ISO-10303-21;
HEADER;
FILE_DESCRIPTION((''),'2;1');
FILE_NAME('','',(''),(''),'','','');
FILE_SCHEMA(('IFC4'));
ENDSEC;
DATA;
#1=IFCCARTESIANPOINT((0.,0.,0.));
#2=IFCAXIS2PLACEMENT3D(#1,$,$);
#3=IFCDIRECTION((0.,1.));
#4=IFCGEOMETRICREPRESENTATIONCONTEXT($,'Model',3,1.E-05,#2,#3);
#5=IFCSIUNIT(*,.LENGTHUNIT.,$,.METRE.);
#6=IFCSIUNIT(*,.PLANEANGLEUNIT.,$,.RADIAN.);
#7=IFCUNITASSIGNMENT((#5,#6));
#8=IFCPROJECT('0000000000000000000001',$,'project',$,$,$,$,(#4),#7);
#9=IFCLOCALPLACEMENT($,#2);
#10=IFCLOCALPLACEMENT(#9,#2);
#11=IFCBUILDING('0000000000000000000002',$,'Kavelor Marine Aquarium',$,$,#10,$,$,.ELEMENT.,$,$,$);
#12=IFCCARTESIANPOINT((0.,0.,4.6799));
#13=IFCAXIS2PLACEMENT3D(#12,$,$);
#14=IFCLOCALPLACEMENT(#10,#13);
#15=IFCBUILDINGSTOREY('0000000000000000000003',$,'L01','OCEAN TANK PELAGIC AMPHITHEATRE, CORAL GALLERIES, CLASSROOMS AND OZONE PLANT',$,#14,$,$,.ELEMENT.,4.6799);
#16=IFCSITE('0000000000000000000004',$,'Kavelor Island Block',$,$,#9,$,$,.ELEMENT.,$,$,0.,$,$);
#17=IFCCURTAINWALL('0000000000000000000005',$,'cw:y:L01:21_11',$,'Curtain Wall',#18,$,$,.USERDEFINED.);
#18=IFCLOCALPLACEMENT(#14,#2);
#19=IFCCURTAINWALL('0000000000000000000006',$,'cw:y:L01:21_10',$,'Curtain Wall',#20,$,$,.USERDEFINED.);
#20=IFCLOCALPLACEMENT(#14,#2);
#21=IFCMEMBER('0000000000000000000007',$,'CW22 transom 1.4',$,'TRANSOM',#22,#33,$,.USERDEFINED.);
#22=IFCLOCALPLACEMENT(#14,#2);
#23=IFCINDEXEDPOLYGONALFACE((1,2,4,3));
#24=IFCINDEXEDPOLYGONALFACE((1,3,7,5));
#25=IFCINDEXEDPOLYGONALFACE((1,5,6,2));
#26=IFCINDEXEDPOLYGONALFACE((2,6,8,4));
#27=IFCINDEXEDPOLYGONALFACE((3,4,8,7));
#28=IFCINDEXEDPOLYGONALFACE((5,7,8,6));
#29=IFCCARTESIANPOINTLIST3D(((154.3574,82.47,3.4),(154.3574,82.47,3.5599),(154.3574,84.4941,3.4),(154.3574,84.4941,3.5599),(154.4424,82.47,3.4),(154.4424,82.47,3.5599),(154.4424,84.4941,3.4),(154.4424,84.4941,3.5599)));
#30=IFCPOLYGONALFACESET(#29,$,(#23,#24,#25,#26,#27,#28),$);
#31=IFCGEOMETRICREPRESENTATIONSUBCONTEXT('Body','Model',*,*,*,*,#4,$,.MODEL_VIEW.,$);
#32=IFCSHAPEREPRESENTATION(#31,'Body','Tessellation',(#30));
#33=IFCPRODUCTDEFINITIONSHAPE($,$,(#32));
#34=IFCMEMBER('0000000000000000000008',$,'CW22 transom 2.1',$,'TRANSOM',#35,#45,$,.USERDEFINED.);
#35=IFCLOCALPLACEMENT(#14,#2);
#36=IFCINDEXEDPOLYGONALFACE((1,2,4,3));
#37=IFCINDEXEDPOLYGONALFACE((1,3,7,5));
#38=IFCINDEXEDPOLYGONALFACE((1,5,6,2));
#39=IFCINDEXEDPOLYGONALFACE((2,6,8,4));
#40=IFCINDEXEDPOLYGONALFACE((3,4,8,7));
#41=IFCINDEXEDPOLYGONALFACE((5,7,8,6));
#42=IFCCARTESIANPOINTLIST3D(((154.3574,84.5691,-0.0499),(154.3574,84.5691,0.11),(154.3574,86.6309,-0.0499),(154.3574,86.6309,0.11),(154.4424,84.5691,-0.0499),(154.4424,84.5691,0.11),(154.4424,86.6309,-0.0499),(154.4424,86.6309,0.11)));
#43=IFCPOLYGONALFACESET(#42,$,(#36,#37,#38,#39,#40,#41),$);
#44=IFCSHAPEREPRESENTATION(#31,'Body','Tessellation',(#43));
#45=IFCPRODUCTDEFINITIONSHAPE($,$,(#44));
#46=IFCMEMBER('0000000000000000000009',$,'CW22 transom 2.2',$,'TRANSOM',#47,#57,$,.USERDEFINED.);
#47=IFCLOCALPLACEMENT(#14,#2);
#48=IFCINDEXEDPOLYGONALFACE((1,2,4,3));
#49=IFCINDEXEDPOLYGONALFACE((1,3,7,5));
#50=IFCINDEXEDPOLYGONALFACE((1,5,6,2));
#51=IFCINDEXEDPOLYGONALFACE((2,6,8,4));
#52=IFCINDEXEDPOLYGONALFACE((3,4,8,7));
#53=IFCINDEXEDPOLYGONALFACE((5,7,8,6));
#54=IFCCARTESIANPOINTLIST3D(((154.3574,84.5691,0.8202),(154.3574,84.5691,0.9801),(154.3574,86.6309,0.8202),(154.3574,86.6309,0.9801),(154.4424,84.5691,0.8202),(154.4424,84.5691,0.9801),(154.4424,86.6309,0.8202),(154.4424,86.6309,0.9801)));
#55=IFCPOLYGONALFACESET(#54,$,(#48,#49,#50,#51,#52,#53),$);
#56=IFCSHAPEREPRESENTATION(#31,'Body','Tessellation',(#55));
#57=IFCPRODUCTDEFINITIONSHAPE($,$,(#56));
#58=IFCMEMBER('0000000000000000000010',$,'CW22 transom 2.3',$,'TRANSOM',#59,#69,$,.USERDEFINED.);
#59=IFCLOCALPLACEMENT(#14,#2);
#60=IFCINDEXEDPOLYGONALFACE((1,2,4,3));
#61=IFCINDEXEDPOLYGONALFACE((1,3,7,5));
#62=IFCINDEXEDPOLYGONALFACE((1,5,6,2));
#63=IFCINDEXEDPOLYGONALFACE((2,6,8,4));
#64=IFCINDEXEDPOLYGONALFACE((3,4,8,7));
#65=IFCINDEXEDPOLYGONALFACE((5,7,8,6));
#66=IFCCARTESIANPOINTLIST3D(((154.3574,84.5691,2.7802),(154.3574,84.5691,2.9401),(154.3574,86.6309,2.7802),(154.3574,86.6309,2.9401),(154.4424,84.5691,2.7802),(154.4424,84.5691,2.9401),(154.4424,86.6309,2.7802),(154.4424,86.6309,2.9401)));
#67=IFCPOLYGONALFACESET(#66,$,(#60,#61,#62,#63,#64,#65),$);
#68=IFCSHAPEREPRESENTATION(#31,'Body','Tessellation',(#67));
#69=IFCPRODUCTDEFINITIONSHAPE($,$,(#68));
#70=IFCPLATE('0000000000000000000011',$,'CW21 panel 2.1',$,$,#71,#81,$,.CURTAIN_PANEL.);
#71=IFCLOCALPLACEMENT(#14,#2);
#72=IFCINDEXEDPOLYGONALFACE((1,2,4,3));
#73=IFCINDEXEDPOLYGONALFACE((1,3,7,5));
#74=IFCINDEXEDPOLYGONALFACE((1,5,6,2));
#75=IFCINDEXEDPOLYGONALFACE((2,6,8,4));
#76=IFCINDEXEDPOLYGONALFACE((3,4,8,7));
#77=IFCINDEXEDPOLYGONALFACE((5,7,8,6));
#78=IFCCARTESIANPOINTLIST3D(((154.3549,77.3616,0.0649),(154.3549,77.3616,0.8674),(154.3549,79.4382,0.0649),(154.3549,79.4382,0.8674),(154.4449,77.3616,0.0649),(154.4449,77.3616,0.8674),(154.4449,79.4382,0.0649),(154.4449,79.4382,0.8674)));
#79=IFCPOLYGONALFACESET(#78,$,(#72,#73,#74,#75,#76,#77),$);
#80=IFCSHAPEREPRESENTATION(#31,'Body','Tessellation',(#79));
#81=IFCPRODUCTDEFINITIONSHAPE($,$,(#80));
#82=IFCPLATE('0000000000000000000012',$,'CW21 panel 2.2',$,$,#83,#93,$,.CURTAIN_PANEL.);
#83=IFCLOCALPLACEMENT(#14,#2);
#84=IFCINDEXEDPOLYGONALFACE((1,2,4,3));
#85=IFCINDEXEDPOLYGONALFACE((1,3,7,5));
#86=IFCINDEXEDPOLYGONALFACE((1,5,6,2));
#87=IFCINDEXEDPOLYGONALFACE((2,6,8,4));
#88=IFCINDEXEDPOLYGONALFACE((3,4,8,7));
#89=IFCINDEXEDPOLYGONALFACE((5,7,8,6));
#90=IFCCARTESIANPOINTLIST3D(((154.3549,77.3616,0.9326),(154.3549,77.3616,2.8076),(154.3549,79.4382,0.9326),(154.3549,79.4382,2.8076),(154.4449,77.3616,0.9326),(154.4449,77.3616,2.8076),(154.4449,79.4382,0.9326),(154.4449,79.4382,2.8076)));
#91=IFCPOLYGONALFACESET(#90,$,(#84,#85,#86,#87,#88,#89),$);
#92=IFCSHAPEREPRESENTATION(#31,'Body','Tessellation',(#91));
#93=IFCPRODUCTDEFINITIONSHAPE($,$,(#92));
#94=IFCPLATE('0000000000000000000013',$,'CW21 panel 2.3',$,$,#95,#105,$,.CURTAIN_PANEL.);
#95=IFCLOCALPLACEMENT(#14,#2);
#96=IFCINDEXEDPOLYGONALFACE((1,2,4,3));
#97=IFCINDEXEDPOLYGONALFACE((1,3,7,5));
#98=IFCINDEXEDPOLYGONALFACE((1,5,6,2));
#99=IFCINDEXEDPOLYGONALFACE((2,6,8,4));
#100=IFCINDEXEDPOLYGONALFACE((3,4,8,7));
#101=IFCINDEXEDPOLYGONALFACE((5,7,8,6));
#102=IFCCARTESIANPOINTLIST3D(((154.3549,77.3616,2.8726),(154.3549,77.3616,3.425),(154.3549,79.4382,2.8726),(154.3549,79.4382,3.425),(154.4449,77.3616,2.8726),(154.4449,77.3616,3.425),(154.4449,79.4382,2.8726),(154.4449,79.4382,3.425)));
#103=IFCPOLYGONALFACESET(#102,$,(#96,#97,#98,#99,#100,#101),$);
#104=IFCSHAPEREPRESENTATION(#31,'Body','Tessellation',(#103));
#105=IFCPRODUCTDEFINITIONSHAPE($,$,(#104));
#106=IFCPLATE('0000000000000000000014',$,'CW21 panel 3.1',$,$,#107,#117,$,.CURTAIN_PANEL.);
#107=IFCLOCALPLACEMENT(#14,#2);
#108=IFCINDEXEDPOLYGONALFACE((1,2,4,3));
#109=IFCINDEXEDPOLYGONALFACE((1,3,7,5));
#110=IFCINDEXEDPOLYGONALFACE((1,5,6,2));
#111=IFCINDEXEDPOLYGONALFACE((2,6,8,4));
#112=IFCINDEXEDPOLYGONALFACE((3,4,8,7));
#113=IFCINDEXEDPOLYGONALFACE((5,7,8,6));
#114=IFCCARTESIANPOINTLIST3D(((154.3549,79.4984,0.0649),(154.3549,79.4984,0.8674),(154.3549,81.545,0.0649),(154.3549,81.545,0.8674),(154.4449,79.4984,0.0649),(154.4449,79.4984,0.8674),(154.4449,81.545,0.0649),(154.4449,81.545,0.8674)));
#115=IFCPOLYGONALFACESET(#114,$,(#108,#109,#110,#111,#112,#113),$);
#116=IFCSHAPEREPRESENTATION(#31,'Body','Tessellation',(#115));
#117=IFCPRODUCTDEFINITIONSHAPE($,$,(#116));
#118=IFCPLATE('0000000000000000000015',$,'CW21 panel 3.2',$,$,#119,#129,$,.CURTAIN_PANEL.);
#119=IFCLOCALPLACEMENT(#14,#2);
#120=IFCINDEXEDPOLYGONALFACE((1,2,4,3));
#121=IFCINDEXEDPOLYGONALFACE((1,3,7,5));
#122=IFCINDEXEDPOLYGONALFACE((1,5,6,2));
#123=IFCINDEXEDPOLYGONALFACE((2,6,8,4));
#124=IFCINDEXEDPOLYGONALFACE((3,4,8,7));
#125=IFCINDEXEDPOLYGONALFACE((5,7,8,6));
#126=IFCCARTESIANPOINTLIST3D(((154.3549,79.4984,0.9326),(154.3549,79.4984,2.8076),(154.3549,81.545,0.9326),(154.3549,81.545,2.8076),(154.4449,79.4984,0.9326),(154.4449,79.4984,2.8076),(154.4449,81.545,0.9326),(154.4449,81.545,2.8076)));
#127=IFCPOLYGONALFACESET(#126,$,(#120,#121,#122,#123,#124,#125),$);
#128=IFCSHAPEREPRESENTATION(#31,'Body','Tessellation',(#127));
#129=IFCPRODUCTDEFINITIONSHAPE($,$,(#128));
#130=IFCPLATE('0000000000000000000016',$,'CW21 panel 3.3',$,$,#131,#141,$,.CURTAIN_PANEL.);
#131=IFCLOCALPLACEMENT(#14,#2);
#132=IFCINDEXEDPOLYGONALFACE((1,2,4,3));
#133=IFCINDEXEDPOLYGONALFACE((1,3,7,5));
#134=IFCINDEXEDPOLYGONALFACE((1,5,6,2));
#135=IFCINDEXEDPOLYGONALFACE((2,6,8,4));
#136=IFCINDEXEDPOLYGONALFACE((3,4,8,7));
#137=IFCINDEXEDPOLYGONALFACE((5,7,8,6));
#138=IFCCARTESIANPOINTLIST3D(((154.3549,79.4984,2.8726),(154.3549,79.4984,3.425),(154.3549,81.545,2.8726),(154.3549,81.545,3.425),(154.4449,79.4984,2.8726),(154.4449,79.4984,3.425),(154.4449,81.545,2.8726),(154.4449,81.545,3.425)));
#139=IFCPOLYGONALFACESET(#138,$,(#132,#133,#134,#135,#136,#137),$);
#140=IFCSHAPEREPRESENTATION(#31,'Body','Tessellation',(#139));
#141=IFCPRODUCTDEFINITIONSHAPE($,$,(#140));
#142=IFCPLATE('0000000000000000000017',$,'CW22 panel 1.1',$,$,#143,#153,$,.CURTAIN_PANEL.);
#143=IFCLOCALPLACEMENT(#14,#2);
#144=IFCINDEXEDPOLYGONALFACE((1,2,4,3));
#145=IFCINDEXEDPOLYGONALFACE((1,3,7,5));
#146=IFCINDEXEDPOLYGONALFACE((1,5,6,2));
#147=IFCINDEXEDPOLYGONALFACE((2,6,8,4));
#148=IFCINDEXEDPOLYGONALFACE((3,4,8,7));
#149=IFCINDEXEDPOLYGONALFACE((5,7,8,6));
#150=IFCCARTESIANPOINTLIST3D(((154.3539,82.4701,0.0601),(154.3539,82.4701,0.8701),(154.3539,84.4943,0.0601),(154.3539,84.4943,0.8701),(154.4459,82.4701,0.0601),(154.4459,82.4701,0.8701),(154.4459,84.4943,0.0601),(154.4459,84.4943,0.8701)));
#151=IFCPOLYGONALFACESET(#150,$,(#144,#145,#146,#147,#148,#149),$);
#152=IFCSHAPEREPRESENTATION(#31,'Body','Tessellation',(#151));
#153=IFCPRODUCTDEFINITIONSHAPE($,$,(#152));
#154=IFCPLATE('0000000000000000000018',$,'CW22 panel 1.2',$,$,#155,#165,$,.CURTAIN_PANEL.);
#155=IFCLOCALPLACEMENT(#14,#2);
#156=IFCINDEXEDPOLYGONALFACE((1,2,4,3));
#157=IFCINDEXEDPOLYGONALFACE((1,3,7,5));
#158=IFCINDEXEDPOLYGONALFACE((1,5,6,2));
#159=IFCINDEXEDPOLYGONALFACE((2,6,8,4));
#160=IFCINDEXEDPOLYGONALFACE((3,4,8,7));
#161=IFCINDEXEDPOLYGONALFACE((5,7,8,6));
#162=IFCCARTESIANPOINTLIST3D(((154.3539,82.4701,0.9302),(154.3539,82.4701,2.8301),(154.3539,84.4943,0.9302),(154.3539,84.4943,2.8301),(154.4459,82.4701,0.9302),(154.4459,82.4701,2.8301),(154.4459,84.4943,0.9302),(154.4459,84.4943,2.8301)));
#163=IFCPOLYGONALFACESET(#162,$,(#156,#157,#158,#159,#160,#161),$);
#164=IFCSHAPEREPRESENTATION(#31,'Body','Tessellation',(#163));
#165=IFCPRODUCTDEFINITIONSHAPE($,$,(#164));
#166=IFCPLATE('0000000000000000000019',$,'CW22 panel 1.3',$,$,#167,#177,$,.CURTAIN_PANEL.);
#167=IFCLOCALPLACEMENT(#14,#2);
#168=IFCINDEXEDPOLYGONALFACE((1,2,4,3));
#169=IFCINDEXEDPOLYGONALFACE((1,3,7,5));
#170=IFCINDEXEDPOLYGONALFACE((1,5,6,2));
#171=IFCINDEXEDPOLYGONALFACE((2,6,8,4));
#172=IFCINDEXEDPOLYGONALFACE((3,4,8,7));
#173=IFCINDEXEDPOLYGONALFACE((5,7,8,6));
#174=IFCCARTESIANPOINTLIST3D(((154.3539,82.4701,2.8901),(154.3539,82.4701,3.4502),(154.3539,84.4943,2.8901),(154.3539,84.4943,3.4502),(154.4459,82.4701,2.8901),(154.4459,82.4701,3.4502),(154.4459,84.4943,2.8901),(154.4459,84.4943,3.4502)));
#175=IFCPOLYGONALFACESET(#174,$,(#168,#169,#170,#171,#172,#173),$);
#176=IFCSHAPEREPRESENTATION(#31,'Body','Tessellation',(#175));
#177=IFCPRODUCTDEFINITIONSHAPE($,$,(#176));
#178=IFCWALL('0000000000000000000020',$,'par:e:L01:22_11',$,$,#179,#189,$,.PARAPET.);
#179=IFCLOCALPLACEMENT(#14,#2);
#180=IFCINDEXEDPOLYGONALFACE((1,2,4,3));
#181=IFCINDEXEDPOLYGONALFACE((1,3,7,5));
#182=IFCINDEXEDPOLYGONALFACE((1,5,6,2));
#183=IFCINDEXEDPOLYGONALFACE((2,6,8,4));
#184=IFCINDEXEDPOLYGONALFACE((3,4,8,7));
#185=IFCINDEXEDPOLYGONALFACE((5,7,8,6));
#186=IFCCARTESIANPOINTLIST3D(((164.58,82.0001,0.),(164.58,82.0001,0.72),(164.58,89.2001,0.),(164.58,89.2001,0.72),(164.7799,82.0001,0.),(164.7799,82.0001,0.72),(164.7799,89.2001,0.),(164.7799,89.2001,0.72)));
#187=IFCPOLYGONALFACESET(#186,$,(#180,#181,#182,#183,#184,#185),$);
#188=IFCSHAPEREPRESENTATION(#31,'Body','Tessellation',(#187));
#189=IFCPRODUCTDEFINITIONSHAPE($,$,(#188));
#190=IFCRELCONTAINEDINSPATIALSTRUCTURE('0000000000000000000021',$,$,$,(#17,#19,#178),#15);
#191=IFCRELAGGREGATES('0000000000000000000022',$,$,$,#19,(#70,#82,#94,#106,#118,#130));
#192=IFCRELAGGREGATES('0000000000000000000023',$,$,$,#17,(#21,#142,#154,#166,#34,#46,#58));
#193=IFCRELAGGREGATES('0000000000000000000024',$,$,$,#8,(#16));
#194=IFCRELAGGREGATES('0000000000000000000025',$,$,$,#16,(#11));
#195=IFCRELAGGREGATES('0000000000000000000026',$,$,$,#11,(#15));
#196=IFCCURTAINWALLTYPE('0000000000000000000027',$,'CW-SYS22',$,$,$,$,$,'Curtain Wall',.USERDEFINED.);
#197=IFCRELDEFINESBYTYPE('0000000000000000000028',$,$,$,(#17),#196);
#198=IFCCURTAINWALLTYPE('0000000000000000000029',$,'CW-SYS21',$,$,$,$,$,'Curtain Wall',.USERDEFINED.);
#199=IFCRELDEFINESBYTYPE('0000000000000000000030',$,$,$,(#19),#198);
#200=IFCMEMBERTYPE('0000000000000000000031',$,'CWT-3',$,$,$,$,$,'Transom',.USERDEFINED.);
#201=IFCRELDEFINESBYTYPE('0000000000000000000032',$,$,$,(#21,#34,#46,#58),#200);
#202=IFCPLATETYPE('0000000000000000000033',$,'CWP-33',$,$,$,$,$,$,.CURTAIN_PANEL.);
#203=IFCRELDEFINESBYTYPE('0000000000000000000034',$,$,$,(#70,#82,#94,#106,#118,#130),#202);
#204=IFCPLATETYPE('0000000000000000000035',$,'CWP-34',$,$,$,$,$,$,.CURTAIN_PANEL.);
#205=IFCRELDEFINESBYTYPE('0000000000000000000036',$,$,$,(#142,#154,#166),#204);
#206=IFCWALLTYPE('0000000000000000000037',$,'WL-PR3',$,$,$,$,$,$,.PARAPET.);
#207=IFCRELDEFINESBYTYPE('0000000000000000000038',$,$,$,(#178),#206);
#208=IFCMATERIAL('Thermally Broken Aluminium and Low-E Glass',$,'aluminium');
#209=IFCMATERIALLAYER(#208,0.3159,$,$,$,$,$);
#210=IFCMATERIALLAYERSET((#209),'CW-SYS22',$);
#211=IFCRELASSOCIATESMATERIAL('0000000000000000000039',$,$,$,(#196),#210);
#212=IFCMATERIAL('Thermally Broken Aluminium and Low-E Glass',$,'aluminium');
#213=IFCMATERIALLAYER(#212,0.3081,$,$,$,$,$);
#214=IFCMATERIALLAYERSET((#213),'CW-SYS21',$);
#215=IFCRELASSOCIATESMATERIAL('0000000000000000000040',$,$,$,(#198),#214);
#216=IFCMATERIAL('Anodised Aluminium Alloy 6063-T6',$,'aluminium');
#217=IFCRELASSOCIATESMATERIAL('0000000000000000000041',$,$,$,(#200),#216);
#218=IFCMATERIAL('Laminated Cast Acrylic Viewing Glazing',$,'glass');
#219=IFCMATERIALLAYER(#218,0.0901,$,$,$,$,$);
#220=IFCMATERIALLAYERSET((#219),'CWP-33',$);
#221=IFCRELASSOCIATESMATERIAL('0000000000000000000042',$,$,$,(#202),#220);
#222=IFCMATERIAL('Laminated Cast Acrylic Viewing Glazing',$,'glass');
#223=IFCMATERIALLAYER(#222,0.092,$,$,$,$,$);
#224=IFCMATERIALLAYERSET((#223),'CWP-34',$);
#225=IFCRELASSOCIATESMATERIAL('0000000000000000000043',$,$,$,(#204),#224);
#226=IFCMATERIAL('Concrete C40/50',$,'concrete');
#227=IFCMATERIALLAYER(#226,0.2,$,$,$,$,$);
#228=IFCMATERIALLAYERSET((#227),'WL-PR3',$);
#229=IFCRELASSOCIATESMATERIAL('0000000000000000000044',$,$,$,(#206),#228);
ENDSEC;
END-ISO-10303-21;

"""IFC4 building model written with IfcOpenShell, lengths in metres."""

from ifc_helpers import new_model, si_unit, direction, frame, frame_2d, origin, origin_2d, place, context, subcontext, project, spatial, rectangle, extrude, material, layer, layer_set, material_profile, profile_set, type_object, element, aggregate, save


model = new_model("IFC4")

# Units and contexts
model_context = context("Model", 3, precision=1e-05, world=origin(), true_north=direction((0.0, 1.0)))
body_context = subcontext(model_context, "Body", "Model", "MODEL_VIEW")
ifc_project = project(units=[si_unit("LENGTHUNIT", "METRE"), si_unit("PLANEANGLEUNIT", "RADIAN")], contexts=[model_context])

# Site, building, storey
site_placement = place(None, origin())
site = spatial("IfcSite", under=ifc_project, at=site_placement, Name="Kavelor Island Block", CompositionType="ELEMENT", RefElevation=0.0)
building_placement = place(site_placement, origin())
building = spatial("IfcBuilding", under=site, at=building_placement, Name="Kavelor Marine Aquarium", CompositionType="ELEMENT")
storey_placement = place(building_placement, frame((0.0, 0.0, 4.6799)))
storey = spatial("IfcBuildingStorey", under=building, at=storey_placement, Name="L01", Description="OCEAN TANK PELAGIC AMPHITHEATRE, CORAL GALLERIES, CLASSROOMS AND OZONE PLANT", CompositionType="ELEMENT", Elevation=4.6799)

# Curtain walls
ifc_material_1 = material(Name="Thermally Broken Aluminium and Low-E Glass", Category="aluminium")
ifc_layer_1 = layer(ifc_material_1, 0.3159)
ifc_layer_set_1 = layer_set([ifc_layer_1], Name="CW-SYS22")
curtain_wall_type_1 = type_object("IfcCurtainWallType", Name="CW-SYS22", ElementType="Curtain Wall", PredefinedType="USERDEFINED", material=ifc_layer_set_1)
curtain_wall_1_placement = place(storey_placement, origin())
curtain_wall_1 = element("IfcCurtainWall", 1, at=curtain_wall_1_placement, inside=storey, type_object=curtain_wall_type_1, Name="cw:y:L01:21_11", ObjectType="Curtain Wall", PredefinedType="USERDEFINED")
ifc_material_2 = material(Name="Thermally Broken Aluminium and Low-E Glass", Category="aluminium")
ifc_layer_2 = layer(ifc_material_2, 0.3081)
ifc_layer_set_2 = layer_set([ifc_layer_2], Name="CW-SYS21")
curtain_wall_type_2 = type_object("IfcCurtainWallType", Name="CW-SYS21", ElementType="Curtain Wall", PredefinedType="USERDEFINED", material=ifc_layer_set_2)
curtain_wall_2_placement = place(storey_placement, origin())
curtain_wall_2 = element("IfcCurtainWall", 2, at=curtain_wall_2_placement, inside=storey, type_object=curtain_wall_type_2, Name="cw:y:L01:21_10", ObjectType="Curtain Wall", PredefinedType="USERDEFINED")

# Members
ifc_material_3 = material(Name="Anodised Aluminium Alloy 6063-T6", Category="aluminium")
ifc_material_profile_1 = material_profile(ifc_material_3, rectangle(XDim=0.085, YDim=0.1599, at=origin_2d()), Name="CW-TRN 85x160")
ifc_profile_set_1 = profile_set([ifc_material_profile_1], Name="Anodised Aluminium Alloy 6063-T6")
member_type_1 = type_object("IfcMemberType", Name="CWT-3", ElementType="Transom", PredefinedType="USERDEFINED", material=ifc_profile_set_1)
member_1_placement = place(storey_placement, frame((154.3999, 82.47, 3.48), z_axis=(0.0, 1.0, 0.0), x_axis=(-1.0, 0.0, 0.0)))
member_1 = element("IfcMember", 3, at=member_1_placement, type_object=member_type_1, Name="CW22 transom 1.4", ObjectType="TRANSOM", PredefinedType="USERDEFINED", context=body_context, shape_type="SweptSolid", body=[
    extrude(rectangle(XDim=0.085, YDim=0.1599, at=origin_2d()), origin(), (0.0, 0.0, 1.0), 2.0242),
])
member_2_placement = place(storey_placement, frame((154.3999, 84.5691, 0.03), z_axis=(0.0, 1.0, 0.0), x_axis=(-1.0, 0.0, 0.0)))
member_2 = element("IfcMember", 4, at=member_2_placement, type_object=member_type_1, Name="CW22 transom 2.1", ObjectType="TRANSOM", PredefinedType="USERDEFINED", context=body_context, shape_type="SweptSolid", body=[
    extrude(rectangle(XDim=0.085, YDim=0.1599, at=origin_2d()), origin(), (0.0, 0.0, 1.0), 2.0618),
])
member_3_placement = place(storey_placement, frame((154.3999, 84.5691, 0.9001), z_axis=(0.0, 1.0, 0.0), x_axis=(-1.0, 0.0, 0.0)))
member_3 = element("IfcMember", 5, at=member_3_placement, type_object=member_type_1, Name="CW22 transom 2.2", ObjectType="TRANSOM", PredefinedType="USERDEFINED", context=body_context, shape_type="SweptSolid", body=[
    extrude(rectangle(XDim=0.085, YDim=0.1599, at=origin_2d()), origin(), (0.0, 0.0, 1.0), 2.0618),
])
member_4_placement = place(storey_placement, frame((154.3999, 84.5691, 2.8601), z_axis=(0.0, 1.0, 0.0), x_axis=(-1.0, 0.0, 0.0)))
member_4 = element("IfcMember", 6, at=member_4_placement, type_object=member_type_1, Name="CW22 transom 2.3", ObjectType="TRANSOM", PredefinedType="USERDEFINED", context=body_context, shape_type="SweptSolid", body=[
    extrude(rectangle(XDim=0.085, YDim=0.1599, at=origin_2d()), origin(), (0.0, 0.0, 1.0), 2.0618),
])

# Plates
ifc_material_4 = material(Name="Laminated Cast Acrylic Viewing Glazing", Category="glass")
ifc_layer_3 = layer(ifc_material_4, 0.0901)
ifc_layer_set_3 = layer_set([ifc_layer_3], Name="CWP-33")
plate_type_1 = type_object("IfcPlateType", Name="CWP-33", PredefinedType="CURTAIN_PANEL", material=ifc_layer_set_3)
plate_1_placement = place(storey_placement, frame((154.3999, 78.3999, 0.0649), z_axis=(0.0, 0.0, 1.0), x_axis=(0.0, 1.0, 0.0)))
plate_1 = element("IfcPlate", 7, at=plate_1_placement, type_object=plate_type_1, Name="CW21 panel 2.1", PredefinedType="CURTAIN_PANEL", context=body_context, shape_type="SweptSolid", body=[
    extrude(rectangle(XDim=2.0767, YDim=0.0901, at=origin_2d()), origin(), (0.0, 0.0, 1.0), 0.8025),
])
plate_2_placement = place(storey_placement, frame((154.3999, 78.3999, 0.9326), z_axis=(0.0, 0.0, 1.0), x_axis=(0.0, 1.0, 0.0)))
plate_2 = element("IfcPlate", 8, at=plate_2_placement, type_object=plate_type_1, Name="CW21 panel 2.2", PredefinedType="CURTAIN_PANEL", context=body_context, shape_type="SweptSolid", body=[
    extrude(rectangle(XDim=2.0767, YDim=0.0901, at=origin_2d()), origin(), (0.0, 0.0, 1.0), 1.875),
])
plate_3_placement = place(storey_placement, frame((154.3999, 78.3999, 2.8726), z_axis=(0.0, 0.0, 1.0), x_axis=(0.0, 1.0, 0.0)))
plate_3 = element("IfcPlate", 9, at=plate_3_placement, type_object=plate_type_1, Name="CW21 panel 2.3", PredefinedType="CURTAIN_PANEL", context=body_context, shape_type="SweptSolid", body=[
    extrude(rectangle(XDim=2.0767, YDim=0.0901, at=origin_2d()), origin(), (0.0, 0.0, 1.0), 0.5525),
])
plate_4_placement = place(storey_placement, frame((154.3999, 80.5217, 0.0649), z_axis=(0.0, 0.0, 1.0), x_axis=(0.0, 1.0, 0.0)))
plate_4 = element("IfcPlate", 10, at=plate_4_placement, type_object=plate_type_1, Name="CW21 panel 3.1", PredefinedType="CURTAIN_PANEL", context=body_context, shape_type="SweptSolid", body=[
    extrude(rectangle(XDim=2.0466, YDim=0.0901, at=origin_2d()), origin(), (0.0, 0.0, 1.0), 0.8025),
])
plate_5_placement = place(storey_placement, frame((154.3999, 80.5217, 0.9326), z_axis=(0.0, 0.0, 1.0), x_axis=(0.0, 1.0, 0.0)))
plate_5 = element("IfcPlate", 11, at=plate_5_placement, type_object=plate_type_1, Name="CW21 panel 3.2", PredefinedType="CURTAIN_PANEL", context=body_context, shape_type="SweptSolid", body=[
    extrude(rectangle(XDim=2.0466, YDim=0.0901, at=origin_2d()), origin(), (0.0, 0.0, 1.0), 1.875),
])
plate_6_placement = place(storey_placement, frame((154.3999, 80.5217, 2.8726), z_axis=(0.0, 0.0, 1.0), x_axis=(0.0, 1.0, 0.0)))
plate_6 = element("IfcPlate", 12, at=plate_6_placement, type_object=plate_type_1, Name="CW21 panel 3.3", PredefinedType="CURTAIN_PANEL", context=body_context, shape_type="SweptSolid", body=[
    extrude(rectangle(XDim=2.0466, YDim=0.0901, at=origin_2d()), origin(), (0.0, 0.0, 1.0), 0.5525),
])
aggregate(curtain_wall_2, [plate_1, plate_2, plate_3, plate_4, plate_5, plate_6])
ifc_material_5 = material(Name="Laminated Cast Acrylic Viewing Glazing", Category="glass")
ifc_layer_4 = layer(ifc_material_5, 0.092)
ifc_layer_set_4 = layer_set([ifc_layer_4], Name="CWP-34")
plate_type_2 = type_object("IfcPlateType", Name="CWP-34", PredefinedType="CURTAIN_PANEL", material=ifc_layer_set_4)
plate_7_placement = place(storey_placement, frame((154.3999, 83.4822, 0.0601), z_axis=(0.0, 0.0, 1.0), x_axis=(0.0, 1.0, 0.0)))
plate_7 = element("IfcPlate", 13, at=plate_7_placement, type_object=plate_type_2, Name="CW22 panel 1.1", PredefinedType="CURTAIN_PANEL", context=body_context, shape_type="SweptSolid", body=[
    extrude(rectangle(XDim=2.0242, YDim=0.092, at=origin_2d()), origin(), (0.0, 0.0, 1.0), 0.8101),
])
plate_8_placement = place(storey_placement, frame((154.3999, 83.4822, 0.9302), z_axis=(0.0, 0.0, 1.0), x_axis=(0.0, 1.0, 0.0)))
plate_8 = element("IfcPlate", 14, at=plate_8_placement, type_object=plate_type_2, Name="CW22 panel 1.2", PredefinedType="CURTAIN_PANEL", context=body_context, shape_type="SweptSolid", body=[
    extrude(rectangle(XDim=2.0242, YDim=0.092, at=origin_2d()), origin(), (0.0, 0.0, 1.0), 1.8999),
])
plate_9_placement = place(storey_placement, frame((154.3999, 83.4822, 2.8901), z_axis=(0.0, 0.0, 1.0), x_axis=(0.0, 1.0, 0.0)))
plate_9 = element("IfcPlate", 15, at=plate_9_placement, type_object=plate_type_2, Name="CW22 panel 1.3", PredefinedType="CURTAIN_PANEL", context=body_context, shape_type="SweptSolid", body=[
    extrude(rectangle(XDim=2.0242, YDim=0.092, at=origin_2d()), origin(), (0.0, 0.0, 1.0), 0.5601),
])
aggregate(curtain_wall_1, [member_1, plate_7, plate_8, plate_9, member_2, member_3, member_4])

# Wall
ifc_material_6 = material(Name="Concrete C40/50", Category="concrete")
ifc_layer_5 = layer(ifc_material_6, 0.2)
ifc_layer_set_5 = layer_set([ifc_layer_5], Name="WL-PR3")
wall_type = type_object("IfcWallType", Name="WL-PR3", PredefinedType="PARAPET", material=ifc_layer_set_5)
wall_placement = place(storey_placement, frame((164.6799, 82.0, 0.0), z_axis=(0.0, 0.0, 1.0), x_axis=(0.0, 1.0, 0.0)))
element("IfcWall", 16, at=wall_placement, inside=storey, type_object=wall_type, Name="par:e:L01:22_11", PredefinedType="PARAPET", context=body_context, shape_type="SweptSolid", body=[
    extrude(rectangle(XDim=7.2, YDim=0.2, at=frame_2d((3.6001, 0.0))), origin(), (0.0, 0.0, 1.0), 0.72),
])

save(model, "model.ifc")
